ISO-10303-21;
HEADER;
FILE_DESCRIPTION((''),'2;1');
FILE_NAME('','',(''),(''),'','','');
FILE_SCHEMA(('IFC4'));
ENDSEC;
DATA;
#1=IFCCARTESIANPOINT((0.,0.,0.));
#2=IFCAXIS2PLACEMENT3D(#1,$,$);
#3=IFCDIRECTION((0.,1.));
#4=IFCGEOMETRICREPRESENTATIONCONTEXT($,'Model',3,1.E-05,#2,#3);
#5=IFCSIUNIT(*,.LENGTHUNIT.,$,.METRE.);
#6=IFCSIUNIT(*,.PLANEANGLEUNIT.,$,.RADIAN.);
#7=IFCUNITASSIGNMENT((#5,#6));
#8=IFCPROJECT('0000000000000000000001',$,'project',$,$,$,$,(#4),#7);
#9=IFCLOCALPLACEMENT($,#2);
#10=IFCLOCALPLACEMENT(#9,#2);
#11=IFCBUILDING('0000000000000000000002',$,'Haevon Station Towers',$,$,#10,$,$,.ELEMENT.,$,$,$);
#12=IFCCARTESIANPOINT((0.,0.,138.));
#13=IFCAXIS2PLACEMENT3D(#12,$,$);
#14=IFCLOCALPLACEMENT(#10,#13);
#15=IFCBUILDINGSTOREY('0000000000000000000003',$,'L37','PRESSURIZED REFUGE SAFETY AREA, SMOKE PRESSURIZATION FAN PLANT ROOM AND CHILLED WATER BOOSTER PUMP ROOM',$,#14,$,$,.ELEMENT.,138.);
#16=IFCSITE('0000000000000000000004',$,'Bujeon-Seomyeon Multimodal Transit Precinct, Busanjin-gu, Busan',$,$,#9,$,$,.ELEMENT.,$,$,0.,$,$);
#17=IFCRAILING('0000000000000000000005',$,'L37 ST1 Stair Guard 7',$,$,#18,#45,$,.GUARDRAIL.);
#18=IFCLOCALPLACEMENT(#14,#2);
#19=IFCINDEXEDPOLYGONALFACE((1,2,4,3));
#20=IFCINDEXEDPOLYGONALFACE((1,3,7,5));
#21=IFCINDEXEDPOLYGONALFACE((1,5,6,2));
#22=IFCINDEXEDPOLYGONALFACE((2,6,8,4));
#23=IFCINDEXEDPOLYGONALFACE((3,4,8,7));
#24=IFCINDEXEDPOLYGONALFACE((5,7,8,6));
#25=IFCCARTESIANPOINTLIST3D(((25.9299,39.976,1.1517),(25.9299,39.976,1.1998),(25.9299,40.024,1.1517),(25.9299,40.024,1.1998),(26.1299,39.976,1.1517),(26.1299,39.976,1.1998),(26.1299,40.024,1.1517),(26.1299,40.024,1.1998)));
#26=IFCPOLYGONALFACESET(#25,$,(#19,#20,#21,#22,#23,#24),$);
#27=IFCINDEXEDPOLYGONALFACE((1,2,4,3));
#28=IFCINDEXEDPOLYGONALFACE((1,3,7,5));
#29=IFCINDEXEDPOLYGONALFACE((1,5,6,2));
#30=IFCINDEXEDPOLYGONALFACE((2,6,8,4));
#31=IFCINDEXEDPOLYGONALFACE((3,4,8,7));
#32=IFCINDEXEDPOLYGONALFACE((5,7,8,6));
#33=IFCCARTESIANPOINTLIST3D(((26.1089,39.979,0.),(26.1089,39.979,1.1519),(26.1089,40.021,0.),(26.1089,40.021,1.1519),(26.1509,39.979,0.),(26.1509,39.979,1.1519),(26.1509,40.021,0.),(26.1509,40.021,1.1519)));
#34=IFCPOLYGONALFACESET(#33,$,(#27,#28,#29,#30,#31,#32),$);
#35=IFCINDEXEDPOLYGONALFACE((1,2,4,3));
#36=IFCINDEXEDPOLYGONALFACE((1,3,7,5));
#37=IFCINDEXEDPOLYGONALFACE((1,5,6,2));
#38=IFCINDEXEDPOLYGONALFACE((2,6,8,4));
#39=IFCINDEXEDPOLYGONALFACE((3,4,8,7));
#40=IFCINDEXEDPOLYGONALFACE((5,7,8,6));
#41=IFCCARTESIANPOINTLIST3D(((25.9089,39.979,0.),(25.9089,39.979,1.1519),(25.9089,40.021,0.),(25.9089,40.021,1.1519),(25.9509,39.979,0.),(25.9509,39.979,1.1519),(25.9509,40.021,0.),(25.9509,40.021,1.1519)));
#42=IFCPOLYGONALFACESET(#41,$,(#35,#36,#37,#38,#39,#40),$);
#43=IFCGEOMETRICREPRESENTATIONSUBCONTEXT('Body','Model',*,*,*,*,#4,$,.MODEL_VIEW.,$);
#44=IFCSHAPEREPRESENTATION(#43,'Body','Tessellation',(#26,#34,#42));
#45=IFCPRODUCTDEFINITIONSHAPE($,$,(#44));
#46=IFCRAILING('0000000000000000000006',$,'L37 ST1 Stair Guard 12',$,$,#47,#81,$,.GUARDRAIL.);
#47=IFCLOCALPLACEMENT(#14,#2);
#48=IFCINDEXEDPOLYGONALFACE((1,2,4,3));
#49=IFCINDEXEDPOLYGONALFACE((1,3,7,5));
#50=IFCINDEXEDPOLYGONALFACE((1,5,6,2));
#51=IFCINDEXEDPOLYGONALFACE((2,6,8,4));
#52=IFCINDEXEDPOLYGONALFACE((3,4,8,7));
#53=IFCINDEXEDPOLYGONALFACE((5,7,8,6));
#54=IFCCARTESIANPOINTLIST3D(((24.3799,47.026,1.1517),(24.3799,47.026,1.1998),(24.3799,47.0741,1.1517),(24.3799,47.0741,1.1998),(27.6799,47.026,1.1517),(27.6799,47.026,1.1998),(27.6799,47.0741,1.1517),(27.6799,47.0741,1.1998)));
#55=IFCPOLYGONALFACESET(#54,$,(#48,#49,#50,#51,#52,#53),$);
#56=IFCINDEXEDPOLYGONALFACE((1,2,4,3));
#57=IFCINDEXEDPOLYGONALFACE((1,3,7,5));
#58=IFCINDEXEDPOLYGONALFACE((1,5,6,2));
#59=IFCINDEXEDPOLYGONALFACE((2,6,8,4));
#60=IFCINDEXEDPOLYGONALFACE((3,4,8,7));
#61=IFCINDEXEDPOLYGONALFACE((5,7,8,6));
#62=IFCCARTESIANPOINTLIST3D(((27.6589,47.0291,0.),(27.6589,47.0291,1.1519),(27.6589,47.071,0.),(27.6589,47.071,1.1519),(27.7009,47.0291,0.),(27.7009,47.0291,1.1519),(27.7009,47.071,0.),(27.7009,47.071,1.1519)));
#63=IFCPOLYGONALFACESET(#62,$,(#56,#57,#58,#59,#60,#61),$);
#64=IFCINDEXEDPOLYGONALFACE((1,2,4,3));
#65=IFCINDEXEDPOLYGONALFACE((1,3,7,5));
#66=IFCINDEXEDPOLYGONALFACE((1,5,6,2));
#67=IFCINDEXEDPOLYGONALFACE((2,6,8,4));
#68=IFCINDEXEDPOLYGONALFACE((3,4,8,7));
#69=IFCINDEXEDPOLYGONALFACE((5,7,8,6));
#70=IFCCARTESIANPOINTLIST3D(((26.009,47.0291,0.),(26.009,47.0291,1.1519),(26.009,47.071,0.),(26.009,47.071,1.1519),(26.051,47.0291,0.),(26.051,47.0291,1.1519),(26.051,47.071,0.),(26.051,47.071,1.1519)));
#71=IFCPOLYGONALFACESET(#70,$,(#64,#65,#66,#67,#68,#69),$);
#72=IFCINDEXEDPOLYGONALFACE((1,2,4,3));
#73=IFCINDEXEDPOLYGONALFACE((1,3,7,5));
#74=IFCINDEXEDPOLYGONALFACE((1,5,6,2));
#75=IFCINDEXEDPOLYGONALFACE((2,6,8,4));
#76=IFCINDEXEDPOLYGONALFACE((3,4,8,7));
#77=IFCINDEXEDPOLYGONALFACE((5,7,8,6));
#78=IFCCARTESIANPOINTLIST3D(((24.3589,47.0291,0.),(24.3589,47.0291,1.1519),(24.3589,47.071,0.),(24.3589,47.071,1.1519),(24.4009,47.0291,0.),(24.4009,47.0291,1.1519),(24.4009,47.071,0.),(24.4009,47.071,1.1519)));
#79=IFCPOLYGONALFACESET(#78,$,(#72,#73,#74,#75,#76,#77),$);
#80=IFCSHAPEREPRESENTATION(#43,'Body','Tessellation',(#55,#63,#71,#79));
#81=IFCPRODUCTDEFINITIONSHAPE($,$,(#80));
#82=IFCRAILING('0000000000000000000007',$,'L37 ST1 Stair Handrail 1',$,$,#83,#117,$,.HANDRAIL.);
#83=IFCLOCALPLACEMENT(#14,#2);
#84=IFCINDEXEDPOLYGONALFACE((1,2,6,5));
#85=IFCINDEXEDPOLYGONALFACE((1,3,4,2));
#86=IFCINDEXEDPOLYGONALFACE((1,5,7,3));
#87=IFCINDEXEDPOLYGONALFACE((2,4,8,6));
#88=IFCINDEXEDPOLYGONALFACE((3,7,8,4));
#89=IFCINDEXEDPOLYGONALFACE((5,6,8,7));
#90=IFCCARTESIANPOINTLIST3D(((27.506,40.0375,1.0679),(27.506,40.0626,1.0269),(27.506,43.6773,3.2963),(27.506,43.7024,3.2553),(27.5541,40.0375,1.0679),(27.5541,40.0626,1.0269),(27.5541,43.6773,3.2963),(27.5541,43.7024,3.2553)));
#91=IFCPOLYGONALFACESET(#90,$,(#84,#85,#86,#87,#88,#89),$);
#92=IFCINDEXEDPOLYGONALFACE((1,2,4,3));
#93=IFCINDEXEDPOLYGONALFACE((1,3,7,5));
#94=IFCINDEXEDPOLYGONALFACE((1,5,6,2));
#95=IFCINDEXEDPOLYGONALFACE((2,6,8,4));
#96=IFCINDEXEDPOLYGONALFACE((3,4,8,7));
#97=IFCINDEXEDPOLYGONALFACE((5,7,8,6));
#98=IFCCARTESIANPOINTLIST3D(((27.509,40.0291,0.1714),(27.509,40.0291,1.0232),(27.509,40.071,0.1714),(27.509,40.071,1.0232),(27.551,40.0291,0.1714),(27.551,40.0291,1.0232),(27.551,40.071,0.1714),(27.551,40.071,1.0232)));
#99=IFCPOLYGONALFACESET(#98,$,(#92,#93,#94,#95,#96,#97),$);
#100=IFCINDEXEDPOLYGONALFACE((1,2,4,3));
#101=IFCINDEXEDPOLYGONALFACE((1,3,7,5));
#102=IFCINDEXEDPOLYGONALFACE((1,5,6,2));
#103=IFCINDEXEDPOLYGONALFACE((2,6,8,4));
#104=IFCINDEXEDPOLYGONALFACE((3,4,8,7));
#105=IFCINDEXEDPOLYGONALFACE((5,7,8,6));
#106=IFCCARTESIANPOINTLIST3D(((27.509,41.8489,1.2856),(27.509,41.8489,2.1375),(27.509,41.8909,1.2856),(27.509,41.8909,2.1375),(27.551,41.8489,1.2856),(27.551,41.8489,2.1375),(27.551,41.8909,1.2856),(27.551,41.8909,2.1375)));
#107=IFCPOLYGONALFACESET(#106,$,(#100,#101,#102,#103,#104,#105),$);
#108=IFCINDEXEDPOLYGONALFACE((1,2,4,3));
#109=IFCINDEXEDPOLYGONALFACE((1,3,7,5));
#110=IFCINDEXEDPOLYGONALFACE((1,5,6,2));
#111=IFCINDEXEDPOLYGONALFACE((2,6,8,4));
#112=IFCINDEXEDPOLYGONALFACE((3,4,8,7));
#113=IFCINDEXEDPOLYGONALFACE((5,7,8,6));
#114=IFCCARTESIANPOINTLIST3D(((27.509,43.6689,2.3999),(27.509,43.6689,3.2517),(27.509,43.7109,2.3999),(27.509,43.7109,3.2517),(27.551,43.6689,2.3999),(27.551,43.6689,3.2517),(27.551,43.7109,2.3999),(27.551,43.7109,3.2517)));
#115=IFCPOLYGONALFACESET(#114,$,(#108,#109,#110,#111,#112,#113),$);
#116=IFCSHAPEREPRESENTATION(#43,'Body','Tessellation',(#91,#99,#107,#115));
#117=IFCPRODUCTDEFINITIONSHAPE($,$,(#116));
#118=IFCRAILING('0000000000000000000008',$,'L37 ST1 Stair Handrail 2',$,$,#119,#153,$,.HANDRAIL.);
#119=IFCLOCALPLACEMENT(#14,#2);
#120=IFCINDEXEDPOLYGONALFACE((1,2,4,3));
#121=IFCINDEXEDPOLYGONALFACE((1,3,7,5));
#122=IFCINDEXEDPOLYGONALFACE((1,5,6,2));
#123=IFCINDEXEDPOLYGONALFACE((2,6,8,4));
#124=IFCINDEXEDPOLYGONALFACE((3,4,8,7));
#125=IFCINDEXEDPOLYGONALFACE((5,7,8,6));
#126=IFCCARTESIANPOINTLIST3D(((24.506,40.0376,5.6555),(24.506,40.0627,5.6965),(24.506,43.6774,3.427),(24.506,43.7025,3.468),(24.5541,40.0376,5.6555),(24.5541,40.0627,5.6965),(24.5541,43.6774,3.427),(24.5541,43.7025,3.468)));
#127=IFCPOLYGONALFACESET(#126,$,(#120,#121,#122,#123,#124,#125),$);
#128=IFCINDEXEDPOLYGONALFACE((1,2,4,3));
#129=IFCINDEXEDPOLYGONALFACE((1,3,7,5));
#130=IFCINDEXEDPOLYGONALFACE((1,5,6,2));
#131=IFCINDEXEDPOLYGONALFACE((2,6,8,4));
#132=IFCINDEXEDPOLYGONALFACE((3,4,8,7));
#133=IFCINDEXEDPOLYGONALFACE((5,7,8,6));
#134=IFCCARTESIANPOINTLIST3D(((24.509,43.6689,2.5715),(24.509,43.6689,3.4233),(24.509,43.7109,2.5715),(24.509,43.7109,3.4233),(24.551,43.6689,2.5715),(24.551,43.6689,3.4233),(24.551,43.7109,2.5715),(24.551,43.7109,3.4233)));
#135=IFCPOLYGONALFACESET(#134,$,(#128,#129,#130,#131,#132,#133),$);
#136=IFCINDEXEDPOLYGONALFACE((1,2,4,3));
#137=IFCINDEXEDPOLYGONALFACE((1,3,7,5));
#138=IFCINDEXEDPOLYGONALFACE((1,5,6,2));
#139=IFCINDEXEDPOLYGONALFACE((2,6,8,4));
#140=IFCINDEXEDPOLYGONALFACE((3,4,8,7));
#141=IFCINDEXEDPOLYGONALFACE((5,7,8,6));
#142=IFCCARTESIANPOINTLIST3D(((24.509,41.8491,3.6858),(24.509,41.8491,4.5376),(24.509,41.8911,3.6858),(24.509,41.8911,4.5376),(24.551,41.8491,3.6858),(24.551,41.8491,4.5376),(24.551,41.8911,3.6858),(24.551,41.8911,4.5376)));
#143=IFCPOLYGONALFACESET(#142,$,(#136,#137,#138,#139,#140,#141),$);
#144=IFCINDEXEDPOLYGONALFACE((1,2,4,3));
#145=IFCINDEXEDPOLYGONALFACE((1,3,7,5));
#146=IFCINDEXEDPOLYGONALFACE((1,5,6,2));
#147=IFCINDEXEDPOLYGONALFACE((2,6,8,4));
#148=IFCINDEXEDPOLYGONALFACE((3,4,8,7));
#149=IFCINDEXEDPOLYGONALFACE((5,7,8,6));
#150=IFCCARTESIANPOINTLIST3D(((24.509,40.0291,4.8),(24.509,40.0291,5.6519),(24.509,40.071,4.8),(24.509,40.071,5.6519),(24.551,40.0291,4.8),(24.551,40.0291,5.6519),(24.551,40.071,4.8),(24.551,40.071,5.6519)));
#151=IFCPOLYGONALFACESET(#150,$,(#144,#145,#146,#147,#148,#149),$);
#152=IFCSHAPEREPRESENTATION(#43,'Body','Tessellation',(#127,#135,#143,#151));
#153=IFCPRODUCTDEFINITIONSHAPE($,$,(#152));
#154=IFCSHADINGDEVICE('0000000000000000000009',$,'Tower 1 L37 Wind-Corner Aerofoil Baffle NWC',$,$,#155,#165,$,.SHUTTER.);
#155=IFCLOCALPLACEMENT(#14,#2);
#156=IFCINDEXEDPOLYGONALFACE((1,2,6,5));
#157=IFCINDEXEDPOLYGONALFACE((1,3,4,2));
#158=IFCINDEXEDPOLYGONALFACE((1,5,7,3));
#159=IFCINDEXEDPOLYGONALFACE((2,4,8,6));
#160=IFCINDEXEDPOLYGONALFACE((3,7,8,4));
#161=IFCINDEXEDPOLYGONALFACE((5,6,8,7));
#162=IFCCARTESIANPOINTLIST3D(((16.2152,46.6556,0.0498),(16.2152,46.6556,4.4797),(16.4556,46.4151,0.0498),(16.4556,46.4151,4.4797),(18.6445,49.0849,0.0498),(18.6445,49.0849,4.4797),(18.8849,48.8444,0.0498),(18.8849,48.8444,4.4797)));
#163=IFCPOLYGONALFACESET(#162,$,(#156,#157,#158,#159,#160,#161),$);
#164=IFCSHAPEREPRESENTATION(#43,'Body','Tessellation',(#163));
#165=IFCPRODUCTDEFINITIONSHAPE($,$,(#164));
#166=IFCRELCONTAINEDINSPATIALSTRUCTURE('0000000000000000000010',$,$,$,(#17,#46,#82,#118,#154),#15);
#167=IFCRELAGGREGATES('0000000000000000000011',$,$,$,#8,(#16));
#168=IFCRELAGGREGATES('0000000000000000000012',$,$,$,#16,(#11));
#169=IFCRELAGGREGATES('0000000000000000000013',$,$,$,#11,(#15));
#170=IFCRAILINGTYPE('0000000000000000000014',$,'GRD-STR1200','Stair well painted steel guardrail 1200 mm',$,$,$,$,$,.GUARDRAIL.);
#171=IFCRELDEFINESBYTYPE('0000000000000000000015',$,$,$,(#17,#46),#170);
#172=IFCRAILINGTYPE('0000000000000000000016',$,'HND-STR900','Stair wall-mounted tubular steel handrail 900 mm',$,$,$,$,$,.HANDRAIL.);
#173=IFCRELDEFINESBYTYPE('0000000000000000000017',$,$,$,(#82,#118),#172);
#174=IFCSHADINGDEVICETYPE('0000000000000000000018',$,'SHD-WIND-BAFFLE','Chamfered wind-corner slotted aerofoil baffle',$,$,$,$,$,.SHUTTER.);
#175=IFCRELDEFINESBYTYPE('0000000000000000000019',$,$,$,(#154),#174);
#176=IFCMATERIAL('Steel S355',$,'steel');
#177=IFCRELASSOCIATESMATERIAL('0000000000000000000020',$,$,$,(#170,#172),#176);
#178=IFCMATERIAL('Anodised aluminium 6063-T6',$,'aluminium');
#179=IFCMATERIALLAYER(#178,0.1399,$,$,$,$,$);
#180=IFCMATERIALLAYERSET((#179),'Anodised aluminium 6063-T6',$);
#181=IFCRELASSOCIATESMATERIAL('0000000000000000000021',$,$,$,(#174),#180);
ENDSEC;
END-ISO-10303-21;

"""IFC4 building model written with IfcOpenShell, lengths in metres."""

from ifc_helpers import new_model, si_unit, direction, frame, origin, origin_2d, place, context, subcontext, project, spatial, rectangle, extrude, material, layer, layer_set, type_object, element, save


model = new_model("IFC4")

# Units and contexts
model_context = context("Model", 3, precision=1e-05, world=origin(), true_north=direction((0.0, 1.0)))
body_context = subcontext(model_context, "Body", "Model", "MODEL_VIEW")
ifc_project = project(units=[si_unit("LENGTHUNIT", "METRE"), si_unit("PLANEANGLEUNIT", "RADIAN")], contexts=[model_context])

# Site, building, storey
site_placement = place(None, origin())
site = spatial("IfcSite", under=ifc_project, at=site_placement, Name="Bujeon-Seomyeon Multimodal Transit Precinct, Busanjin-gu, Busan", CompositionType="ELEMENT", RefElevation=0.0)
building_placement = place(site_placement, origin())
building = spatial("IfcBuilding", under=site, at=building_placement, Name="Haevon Station Towers", CompositionType="ELEMENT")
storey_placement = place(building_placement, frame((0.0, 0.0, 138.0)))
storey = spatial("IfcBuildingStorey", under=building, at=storey_placement, Name="L37", Description="PRESSURIZED REFUGE SAFETY AREA, SMOKE PRESSURIZATION FAN PLANT ROOM AND CHILLED WATER BOOSTER PUMP ROOM", CompositionType="ELEMENT", Elevation=138.0)

# Shared definitions
ifc_material_1 = material(Name="Steel S355", Category="steel")

# Railings
railing_type_1 = type_object("IfcRailingType", Name="GRD-STR1200", Description="Stair well painted steel guardrail 1200 mm", PredefinedType="GUARDRAIL", material=ifc_material_1)
railing_1_placement = place(storey_placement, frame((26.1299, 40.0, 0.0)))
element("IfcRailing", 1, at=railing_1_placement, inside=storey, type_object=railing_type_1, Name="L37 ST1 Stair Guard 7", PredefinedType="GUARDRAIL", context=body_context, shape_type="SweptSolid", body=[
    extrude(rectangle(XDim=0.0481, YDim=0.0481, at=origin_2d()), frame((0.0, 0.0, 1.1758), z_axis=(-1.0, 0.0, 0.0), x_axis=(0.0, -1.0, 0.0)), (0.0, 0.0, 1.0), 0.2),
    extrude(rectangle(XDim=0.042, YDim=0.042, at=origin_2d()), origin(), (0.0, 0.0, 1.0), 1.1519),
    extrude(rectangle(XDim=0.042, YDim=0.042, at=origin_2d()), frame((-0.2, 0.0, 0.0)), (0.0, 0.0, 1.0), 1.1519),
])
railing_2_placement = place(storey_placement, frame((27.6799, 47.05, 0.0)))
element("IfcRailing", 2, at=railing_2_placement, inside=storey, type_object=railing_type_1, Name="L37 ST1 Stair Guard 12", PredefinedType="GUARDRAIL", context=body_context, shape_type="SweptSolid", body=[
    extrude(rectangle(XDim=0.0481, YDim=0.0481, at=origin_2d()), frame((0.0, 0.0, 1.1758), z_axis=(-1.0, 0.0, 0.0), x_axis=(0.0, -1.0, 0.0)), (0.0, 0.0, 1.0), 3.3),
    extrude(rectangle(XDim=0.042, YDim=0.042, at=origin_2d()), origin(), (0.0, 0.0, 1.0), 1.1519),
    extrude(rectangle(XDim=0.042, YDim=0.042, at=origin_2d()), frame((-1.6499, 0.0, 0.0)), (0.0, 0.0, 1.0), 1.1519),
    extrude(rectangle(XDim=0.042, YDim=0.042, at=origin_2d()), frame((-3.3, 0.0, 0.0)), (0.0, 0.0, 1.0), 1.1519),
])
railing_type_2 = type_object("IfcRailingType", Name="HND-STR900", Description="Stair wall-mounted tubular steel handrail 900 mm", PredefinedType="HANDRAIL", material=ifc_material_1)
railing_3_placement = place(storey_placement, frame((27.53, 40.05, 0.1714)))
element("IfcRailing", 3, at=railing_3_placement, inside=storey, type_object=railing_type_2, Name="L37 ST1 Stair Handrail 1", PredefinedType="HANDRAIL", context=body_context, shape_type="SweptSolid", body=[
    extrude(rectangle(XDim=0.0481, YDim=0.0481, at=origin_2d()), frame((0.0, 0.0, 0.876), z_axis=(0.0, 0.85285, 0.522156), x_axis=(-1.0, 0.0, 0.0)), (0.0, 0.0, 1.0), 4.2678),
    extrude(rectangle(XDim=0.042, YDim=0.042, at=origin_2d()), origin(), (0.0, 0.0, 1.0), 0.8518),
    extrude(rectangle(XDim=0.042, YDim=0.042, at=origin_2d()), frame((0.0, 1.8198, 1.1143)), (0.0, 0.0, 1.0), 0.8518),
    extrude(rectangle(XDim=0.042, YDim=0.042, at=origin_2d()), frame((0.0, 3.6399, 2.2285)), (0.0, 0.0, 1.0), 0.8518),
])
railing_4_placement = place(storey_placement, frame((24.53, 43.6899, 2.5715)))
element("IfcRailing", 4, at=railing_4_placement, inside=storey, type_object=railing_type_2, Name="L37 ST1 Stair Handrail 2", PredefinedType="HANDRAIL", context=body_context, shape_type="SweptSolid", body=[
    extrude(rectangle(XDim=0.0481, YDim=0.0481, at=origin_2d()), frame((0.0, 0.0, 0.876), z_axis=(0.0, -0.85285, 0.522156), x_axis=(1.0, 0.0, 0.0)), (0.0, 0.0, 1.0), 4.2678),
    extrude(rectangle(XDim=0.042, YDim=0.042, at=origin_2d()), origin(), (0.0, 0.0, 1.0), 0.8518),
    extrude(rectangle(XDim=0.042, YDim=0.042, at=origin_2d()), frame((0.0, -1.8198, 1.1143)), (0.0, 0.0, 1.0), 0.8518),
    extrude(rectangle(XDim=0.042, YDim=0.042, at=origin_2d()), frame((0.0, -3.6399, 2.2285)), (0.0, 0.0, 1.0), 0.8518),
])

# Shading device
ifc_material_2 = material(Name="Anodised aluminium 6063-T6", Category="aluminium")
ifc_layer_1 = layer(ifc_material_2, 0.1399)
ifc_layer_set_1 = layer_set([ifc_layer_1], Name="Anodised aluminium 6063-T6")
shading_device_type = type_object("IfcShadingDeviceType", Name="SHD-WIND-BAFFLE", Description="Chamfered wind-corner slotted aerofoil baffle", PredefinedType="SHUTTER", material=ifc_layer_set_1)
shading_device_placement = place(storey_placement, frame((17.55, 47.75, 0.0498), z_axis=(0.0, 0.0, 1.0), x_axis=(0.707107, 0.707107, 0.0)))
element("IfcShadingDevice", 5, at=shading_device_placement, inside=storey, type_object=shading_device_type, Name="Tower 1 L37 Wind-Corner Aerofoil Baffle NWC", PredefinedType="SHUTTER", context=body_context, shape_type="SweptSolid", body=[
    extrude(rectangle(XDim=3.4355, YDim=0.3401, at=origin_2d()), origin(), (0.0, 0.0, 1.0), 4.4299),
])

save(model, "model.ifc")
